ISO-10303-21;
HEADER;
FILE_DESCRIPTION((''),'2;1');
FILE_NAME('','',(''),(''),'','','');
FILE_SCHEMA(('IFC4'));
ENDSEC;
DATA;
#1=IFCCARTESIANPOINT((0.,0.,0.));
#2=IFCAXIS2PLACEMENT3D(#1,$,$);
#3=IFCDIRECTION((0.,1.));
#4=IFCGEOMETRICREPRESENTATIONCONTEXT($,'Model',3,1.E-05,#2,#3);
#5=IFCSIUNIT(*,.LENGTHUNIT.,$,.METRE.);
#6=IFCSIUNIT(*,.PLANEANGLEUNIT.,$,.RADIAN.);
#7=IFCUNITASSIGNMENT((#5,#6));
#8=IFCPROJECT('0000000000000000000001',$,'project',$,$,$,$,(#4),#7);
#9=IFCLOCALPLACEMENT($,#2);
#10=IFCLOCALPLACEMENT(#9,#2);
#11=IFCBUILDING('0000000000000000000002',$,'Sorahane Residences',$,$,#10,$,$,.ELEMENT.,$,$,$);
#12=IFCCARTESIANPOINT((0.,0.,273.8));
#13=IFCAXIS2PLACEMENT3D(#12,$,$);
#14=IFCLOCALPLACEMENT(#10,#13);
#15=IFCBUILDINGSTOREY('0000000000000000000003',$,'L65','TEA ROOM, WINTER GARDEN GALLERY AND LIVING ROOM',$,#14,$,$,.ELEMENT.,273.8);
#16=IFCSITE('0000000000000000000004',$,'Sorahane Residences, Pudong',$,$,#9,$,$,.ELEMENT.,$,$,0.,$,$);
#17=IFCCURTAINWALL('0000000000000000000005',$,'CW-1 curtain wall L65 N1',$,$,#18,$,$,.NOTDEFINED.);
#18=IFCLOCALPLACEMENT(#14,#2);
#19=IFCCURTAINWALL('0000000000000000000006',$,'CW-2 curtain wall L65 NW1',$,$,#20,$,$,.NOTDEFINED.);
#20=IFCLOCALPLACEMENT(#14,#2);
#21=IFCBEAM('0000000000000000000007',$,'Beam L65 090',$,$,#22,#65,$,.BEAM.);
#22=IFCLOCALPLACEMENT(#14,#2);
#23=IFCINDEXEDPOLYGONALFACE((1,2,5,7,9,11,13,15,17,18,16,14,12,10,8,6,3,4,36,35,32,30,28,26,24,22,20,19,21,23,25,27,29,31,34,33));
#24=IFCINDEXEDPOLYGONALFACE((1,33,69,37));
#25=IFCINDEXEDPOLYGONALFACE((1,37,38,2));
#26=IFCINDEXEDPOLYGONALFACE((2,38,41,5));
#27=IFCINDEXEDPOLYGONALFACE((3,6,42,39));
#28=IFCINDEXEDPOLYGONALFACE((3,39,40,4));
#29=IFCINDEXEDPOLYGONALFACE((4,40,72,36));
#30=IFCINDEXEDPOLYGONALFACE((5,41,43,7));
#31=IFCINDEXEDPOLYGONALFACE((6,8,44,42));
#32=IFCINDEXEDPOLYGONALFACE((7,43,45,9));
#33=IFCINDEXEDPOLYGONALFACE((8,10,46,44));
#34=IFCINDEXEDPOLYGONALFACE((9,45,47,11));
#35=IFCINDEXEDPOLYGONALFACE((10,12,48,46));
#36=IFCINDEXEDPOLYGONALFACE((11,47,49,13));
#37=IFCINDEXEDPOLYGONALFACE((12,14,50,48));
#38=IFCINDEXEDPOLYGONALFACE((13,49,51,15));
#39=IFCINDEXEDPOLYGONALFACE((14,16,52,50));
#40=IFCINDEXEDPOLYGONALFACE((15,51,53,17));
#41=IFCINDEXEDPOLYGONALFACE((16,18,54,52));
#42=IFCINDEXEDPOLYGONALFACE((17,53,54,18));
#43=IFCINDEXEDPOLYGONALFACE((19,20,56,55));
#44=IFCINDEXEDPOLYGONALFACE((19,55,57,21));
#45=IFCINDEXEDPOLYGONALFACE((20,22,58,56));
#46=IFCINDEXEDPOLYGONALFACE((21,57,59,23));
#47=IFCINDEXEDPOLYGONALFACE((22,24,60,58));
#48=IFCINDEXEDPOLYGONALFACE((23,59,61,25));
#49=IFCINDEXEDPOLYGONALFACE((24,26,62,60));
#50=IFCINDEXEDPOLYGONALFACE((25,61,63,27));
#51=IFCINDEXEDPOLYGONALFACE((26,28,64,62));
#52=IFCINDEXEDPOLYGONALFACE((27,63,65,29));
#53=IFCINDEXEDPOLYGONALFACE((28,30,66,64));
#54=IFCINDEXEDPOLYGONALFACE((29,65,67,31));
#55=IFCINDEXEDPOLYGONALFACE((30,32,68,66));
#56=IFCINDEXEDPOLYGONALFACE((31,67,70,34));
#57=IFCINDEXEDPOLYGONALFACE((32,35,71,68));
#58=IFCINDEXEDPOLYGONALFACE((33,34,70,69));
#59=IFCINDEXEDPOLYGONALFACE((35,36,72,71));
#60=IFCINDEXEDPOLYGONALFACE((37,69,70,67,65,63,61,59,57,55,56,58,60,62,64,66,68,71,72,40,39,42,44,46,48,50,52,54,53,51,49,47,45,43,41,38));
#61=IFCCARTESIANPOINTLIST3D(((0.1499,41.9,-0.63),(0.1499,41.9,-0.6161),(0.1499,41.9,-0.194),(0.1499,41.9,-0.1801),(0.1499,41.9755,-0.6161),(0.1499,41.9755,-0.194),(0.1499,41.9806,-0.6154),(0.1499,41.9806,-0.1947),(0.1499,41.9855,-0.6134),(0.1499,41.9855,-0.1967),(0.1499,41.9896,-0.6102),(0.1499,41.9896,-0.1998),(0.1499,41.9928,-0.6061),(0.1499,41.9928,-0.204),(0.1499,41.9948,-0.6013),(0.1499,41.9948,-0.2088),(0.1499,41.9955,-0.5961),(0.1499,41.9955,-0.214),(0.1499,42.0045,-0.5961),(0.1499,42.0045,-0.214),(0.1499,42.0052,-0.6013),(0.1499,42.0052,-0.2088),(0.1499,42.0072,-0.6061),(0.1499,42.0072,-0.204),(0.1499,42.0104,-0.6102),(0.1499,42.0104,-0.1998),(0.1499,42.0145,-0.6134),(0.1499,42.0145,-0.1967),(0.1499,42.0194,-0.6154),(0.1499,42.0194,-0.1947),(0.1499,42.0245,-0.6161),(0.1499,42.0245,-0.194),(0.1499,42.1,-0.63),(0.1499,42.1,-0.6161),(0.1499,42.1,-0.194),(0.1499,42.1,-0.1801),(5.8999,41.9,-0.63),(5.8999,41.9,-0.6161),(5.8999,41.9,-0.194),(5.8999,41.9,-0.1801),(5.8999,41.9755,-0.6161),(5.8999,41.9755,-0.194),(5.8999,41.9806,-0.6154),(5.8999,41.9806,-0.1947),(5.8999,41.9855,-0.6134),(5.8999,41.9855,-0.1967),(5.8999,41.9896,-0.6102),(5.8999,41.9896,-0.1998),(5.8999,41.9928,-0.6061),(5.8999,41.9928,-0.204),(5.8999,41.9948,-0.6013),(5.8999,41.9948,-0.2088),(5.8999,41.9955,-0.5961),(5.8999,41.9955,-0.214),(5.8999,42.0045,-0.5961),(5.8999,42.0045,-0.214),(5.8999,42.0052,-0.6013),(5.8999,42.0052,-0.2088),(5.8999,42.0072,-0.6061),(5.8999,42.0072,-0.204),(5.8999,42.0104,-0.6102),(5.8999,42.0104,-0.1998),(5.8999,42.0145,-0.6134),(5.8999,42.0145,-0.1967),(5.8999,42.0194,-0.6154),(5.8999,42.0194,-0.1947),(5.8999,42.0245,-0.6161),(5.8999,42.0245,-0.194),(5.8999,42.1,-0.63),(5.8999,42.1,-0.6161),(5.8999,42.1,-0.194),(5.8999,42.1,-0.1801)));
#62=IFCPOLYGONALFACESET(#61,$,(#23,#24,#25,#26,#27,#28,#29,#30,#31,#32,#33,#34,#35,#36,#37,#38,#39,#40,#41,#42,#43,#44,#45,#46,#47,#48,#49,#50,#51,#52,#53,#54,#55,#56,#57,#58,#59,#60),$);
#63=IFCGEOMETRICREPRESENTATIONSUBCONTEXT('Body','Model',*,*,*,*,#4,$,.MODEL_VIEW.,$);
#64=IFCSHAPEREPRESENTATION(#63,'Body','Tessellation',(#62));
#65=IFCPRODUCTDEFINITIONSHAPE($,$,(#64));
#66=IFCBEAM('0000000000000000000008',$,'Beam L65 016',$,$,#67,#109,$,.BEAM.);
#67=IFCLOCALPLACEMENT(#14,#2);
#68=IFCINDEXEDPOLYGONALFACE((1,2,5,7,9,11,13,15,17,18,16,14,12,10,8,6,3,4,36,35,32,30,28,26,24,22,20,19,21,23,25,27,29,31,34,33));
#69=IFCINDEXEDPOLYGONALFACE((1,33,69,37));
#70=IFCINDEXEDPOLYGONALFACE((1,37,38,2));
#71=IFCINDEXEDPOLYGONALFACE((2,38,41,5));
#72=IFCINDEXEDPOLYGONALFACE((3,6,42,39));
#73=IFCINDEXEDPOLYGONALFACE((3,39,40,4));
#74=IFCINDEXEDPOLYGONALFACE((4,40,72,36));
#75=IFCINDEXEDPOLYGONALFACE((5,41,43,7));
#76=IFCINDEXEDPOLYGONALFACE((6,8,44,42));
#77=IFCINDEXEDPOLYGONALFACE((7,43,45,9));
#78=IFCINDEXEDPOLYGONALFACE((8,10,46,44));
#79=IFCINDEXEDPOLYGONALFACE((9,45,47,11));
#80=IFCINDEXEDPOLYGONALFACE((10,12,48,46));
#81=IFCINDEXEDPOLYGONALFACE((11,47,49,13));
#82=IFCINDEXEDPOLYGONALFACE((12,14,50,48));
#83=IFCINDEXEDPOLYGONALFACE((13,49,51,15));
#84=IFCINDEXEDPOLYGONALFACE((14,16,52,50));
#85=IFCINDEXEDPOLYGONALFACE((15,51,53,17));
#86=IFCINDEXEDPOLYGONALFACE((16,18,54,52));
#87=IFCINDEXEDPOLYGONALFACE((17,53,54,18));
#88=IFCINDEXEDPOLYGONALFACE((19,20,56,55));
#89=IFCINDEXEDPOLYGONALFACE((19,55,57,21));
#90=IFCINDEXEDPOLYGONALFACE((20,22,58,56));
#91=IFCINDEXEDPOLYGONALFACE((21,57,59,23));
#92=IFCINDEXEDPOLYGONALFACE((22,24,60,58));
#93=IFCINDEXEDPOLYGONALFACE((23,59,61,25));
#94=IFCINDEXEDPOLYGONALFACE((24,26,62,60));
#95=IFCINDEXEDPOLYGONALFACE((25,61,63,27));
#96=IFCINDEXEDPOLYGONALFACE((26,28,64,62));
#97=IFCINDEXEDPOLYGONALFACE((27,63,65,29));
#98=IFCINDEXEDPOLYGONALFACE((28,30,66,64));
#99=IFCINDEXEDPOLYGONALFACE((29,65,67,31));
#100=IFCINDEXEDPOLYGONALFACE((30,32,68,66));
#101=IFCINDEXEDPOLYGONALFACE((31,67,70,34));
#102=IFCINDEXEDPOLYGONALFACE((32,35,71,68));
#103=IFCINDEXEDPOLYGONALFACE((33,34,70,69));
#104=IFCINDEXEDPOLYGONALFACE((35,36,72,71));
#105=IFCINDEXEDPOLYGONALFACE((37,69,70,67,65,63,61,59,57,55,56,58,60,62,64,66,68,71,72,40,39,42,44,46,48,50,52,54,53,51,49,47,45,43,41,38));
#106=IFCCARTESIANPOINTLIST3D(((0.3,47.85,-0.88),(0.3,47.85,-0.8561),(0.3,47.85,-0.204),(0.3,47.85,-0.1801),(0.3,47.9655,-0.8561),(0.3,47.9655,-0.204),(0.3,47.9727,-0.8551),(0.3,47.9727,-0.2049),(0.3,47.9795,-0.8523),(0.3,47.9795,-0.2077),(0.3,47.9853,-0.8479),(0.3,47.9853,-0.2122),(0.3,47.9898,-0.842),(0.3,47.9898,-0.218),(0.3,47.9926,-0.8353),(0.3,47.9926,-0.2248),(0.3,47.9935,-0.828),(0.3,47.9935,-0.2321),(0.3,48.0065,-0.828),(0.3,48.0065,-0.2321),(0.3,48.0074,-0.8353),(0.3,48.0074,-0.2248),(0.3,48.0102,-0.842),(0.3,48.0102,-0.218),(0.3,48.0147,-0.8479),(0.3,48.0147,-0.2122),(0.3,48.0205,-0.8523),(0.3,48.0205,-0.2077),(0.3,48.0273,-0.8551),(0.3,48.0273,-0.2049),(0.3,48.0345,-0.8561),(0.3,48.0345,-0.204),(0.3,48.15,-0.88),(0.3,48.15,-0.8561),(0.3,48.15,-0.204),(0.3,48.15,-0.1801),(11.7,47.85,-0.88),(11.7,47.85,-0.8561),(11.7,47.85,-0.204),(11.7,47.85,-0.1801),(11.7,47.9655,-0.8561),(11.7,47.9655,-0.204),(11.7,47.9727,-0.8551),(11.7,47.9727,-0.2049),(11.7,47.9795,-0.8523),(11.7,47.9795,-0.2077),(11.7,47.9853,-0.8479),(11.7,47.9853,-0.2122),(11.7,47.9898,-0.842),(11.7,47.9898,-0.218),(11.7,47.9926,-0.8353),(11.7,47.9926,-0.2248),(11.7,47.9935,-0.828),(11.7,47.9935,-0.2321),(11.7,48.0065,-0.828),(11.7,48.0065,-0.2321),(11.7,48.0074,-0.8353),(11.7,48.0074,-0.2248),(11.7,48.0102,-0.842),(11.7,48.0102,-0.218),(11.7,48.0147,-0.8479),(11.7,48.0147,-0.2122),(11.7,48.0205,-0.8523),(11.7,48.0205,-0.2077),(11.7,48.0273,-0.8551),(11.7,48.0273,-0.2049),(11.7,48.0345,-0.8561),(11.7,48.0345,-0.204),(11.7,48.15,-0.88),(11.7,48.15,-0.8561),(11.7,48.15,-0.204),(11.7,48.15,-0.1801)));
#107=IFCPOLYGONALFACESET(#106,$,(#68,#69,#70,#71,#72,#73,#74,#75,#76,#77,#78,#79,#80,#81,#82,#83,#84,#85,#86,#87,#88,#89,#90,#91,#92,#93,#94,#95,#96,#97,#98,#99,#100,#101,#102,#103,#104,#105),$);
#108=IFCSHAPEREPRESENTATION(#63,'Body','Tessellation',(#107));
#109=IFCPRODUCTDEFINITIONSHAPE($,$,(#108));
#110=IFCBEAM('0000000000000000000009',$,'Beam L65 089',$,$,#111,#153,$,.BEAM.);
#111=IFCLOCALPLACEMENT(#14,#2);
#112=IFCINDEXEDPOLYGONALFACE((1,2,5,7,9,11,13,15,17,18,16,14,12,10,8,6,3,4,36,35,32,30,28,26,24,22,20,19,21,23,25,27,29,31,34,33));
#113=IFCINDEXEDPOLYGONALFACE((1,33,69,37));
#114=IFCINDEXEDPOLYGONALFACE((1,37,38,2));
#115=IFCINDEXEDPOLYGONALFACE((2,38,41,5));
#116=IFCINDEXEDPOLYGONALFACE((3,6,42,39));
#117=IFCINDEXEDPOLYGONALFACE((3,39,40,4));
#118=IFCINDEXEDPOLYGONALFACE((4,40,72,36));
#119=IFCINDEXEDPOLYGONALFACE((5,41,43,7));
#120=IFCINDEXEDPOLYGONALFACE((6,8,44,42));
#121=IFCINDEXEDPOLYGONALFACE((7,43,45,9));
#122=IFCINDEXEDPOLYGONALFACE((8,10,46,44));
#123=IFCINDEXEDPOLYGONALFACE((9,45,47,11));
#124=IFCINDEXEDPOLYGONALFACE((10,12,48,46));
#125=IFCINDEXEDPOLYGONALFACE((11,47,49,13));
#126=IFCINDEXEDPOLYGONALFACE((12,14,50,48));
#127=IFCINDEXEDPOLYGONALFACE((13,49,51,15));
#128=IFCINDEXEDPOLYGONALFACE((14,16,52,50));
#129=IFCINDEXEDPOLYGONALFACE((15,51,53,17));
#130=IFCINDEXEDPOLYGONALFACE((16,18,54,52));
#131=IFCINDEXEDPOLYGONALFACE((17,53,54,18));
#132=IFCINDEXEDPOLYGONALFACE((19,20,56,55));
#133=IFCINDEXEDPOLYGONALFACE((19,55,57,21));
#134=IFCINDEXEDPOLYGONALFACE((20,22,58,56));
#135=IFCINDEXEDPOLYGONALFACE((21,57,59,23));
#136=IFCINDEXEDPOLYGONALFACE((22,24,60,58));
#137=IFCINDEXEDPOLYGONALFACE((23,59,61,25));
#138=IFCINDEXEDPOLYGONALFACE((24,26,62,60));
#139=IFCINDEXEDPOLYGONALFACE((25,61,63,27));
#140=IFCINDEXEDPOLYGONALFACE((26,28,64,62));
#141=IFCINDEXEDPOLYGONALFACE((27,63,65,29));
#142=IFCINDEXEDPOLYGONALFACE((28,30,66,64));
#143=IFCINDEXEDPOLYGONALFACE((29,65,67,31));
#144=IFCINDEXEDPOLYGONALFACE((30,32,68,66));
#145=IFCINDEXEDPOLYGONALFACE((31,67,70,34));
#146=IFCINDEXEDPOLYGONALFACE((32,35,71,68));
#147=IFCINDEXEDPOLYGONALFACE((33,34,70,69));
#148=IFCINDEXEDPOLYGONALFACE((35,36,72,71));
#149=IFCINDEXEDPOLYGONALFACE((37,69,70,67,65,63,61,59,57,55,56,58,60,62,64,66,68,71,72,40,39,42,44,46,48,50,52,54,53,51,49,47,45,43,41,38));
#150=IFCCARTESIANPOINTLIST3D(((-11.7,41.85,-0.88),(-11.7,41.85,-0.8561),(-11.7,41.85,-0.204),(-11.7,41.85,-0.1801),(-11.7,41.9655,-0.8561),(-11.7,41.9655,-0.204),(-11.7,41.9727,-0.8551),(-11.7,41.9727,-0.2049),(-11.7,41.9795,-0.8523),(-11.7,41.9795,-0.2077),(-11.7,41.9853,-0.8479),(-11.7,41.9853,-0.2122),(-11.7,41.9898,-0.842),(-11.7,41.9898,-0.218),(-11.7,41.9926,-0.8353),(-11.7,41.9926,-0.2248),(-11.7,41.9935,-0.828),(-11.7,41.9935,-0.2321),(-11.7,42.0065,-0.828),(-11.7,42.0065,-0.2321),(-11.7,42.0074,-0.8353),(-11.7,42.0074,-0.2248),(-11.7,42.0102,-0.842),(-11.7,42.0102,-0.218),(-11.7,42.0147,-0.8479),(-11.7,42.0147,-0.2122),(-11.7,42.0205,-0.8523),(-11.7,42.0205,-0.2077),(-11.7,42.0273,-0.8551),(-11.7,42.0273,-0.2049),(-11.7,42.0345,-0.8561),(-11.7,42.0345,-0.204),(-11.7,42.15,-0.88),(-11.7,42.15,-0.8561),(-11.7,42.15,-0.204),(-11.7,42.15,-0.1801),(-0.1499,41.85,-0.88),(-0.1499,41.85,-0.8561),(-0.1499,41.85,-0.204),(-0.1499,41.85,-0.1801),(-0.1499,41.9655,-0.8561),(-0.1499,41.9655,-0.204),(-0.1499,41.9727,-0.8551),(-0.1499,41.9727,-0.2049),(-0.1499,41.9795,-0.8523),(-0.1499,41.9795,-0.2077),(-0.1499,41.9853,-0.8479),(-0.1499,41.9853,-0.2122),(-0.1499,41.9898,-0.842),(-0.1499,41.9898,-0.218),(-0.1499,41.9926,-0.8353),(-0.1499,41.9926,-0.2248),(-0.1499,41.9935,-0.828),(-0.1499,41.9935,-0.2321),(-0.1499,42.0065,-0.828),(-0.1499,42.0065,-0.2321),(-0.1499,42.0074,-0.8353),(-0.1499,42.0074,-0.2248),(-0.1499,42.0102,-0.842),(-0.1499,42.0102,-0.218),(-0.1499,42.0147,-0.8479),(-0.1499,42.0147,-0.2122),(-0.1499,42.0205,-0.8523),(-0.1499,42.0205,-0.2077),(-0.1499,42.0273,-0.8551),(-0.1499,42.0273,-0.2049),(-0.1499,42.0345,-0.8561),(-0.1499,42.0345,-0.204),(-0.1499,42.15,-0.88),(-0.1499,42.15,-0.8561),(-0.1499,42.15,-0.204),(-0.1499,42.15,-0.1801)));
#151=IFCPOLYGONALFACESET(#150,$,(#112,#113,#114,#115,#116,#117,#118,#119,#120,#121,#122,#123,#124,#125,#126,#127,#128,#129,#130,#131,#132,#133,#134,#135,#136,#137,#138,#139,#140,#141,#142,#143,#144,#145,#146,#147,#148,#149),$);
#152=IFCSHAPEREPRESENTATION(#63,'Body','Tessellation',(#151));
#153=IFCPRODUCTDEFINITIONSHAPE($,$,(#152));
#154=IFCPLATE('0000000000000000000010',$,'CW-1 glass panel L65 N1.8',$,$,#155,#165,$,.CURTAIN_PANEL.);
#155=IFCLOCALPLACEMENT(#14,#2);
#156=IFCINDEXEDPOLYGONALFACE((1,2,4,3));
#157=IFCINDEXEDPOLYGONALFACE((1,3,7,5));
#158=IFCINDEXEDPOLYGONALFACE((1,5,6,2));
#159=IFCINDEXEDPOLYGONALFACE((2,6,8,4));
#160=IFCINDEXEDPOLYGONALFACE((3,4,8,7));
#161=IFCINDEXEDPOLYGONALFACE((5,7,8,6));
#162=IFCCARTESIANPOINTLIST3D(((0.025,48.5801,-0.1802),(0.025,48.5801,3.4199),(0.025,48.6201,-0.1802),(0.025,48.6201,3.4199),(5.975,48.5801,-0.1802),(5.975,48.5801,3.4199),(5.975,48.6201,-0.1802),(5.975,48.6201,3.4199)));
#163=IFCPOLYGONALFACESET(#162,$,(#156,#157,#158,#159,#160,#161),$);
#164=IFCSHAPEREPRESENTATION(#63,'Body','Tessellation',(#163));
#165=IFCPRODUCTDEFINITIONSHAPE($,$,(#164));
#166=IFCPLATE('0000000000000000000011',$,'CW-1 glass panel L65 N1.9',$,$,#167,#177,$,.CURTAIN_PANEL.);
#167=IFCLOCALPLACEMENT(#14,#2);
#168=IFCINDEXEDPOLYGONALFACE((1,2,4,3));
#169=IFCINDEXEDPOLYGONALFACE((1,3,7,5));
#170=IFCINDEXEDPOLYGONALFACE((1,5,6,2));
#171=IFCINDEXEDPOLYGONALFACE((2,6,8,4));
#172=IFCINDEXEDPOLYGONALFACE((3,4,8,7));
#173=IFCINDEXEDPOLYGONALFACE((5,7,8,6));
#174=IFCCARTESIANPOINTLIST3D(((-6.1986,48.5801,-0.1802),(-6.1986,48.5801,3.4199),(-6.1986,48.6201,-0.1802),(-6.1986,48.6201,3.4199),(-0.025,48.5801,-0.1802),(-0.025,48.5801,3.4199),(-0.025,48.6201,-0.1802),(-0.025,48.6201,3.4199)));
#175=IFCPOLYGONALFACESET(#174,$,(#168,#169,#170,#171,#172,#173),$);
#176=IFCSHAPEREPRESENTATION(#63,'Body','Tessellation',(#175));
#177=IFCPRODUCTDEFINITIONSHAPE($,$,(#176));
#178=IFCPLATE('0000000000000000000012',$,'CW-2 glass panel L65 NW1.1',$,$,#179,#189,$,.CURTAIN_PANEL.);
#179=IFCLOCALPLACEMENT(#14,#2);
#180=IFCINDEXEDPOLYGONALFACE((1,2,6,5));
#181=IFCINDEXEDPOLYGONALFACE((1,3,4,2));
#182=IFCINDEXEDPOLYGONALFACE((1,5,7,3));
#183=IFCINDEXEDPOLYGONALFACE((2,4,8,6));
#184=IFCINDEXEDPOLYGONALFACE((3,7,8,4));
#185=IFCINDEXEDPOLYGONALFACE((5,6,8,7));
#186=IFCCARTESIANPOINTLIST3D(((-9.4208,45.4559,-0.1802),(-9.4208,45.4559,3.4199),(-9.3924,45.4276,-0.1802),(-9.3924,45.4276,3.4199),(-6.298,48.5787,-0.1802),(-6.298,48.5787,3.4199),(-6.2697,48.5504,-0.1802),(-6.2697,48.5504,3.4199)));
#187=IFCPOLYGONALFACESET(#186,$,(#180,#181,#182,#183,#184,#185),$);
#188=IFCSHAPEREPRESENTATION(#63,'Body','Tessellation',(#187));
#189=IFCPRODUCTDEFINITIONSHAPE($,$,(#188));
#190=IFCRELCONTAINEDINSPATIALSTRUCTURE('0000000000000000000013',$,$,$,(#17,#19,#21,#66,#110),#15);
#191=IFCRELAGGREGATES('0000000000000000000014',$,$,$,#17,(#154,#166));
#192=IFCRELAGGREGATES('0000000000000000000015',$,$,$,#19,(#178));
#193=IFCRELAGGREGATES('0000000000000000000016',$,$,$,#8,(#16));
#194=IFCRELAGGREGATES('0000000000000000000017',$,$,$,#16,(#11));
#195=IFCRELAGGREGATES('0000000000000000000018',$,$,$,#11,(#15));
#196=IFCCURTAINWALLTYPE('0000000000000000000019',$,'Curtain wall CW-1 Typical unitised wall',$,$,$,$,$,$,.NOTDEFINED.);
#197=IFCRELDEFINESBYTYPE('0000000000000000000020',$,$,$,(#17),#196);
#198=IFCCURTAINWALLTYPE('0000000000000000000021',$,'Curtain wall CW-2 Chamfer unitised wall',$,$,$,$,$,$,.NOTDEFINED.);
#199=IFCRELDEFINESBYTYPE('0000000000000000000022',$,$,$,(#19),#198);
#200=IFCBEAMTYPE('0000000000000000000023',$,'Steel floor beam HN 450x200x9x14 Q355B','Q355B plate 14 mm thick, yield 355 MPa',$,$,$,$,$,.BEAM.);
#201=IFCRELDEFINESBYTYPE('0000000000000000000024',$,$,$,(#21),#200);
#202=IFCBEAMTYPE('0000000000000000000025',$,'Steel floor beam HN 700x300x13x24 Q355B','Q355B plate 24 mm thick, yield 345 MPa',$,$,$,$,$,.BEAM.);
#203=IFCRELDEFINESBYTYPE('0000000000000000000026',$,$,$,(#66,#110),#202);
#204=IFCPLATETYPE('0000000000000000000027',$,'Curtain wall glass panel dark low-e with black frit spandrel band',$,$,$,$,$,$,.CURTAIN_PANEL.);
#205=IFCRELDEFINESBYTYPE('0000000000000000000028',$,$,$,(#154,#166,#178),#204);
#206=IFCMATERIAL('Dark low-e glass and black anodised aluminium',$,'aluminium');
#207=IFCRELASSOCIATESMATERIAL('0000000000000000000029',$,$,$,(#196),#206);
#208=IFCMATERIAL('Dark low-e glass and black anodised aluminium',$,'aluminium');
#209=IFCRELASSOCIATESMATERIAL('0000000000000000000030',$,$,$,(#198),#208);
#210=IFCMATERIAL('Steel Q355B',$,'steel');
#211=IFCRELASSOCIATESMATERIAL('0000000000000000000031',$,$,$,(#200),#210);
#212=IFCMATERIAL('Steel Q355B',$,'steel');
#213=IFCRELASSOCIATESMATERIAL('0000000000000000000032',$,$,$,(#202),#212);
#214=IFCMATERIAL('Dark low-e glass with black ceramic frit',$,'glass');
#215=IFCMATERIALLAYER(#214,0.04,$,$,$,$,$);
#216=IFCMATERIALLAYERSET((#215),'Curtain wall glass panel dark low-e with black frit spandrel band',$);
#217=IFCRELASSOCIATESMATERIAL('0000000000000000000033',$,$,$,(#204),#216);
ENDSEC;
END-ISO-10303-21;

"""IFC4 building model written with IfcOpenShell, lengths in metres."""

from ifc_helpers import new_model, si_unit, direction, frame, origin, origin_2d, place, context, subcontext, project, spatial, rectangle, i_section, extrude, material, layer, layer_set, material_profile, profile_set, type_object, element, aggregate, save


model = new_model("IFC4")

# Units and contexts
model_context = context("Model", 3, precision=1e-05, world=origin(), true_north=direction((0.0, 1.0)))
body_context = subcontext(model_context, "Body", "Model", "MODEL_VIEW")
ifc_project = project(units=[si_unit("LENGTHUNIT", "METRE"), si_unit("PLANEANGLEUNIT", "RADIAN")], contexts=[model_context])

# Site, building, storey
site_placement = place(None, origin())
site = spatial("IfcSite", under=ifc_project, at=site_placement, Name="Sorahane Residences, Pudong", CompositionType="ELEMENT", RefElevation=0.0)
building_placement = place(site_placement, origin())
building = spatial("IfcBuilding", under=site, at=building_placement, Name="Sorahane Residences", CompositionType="ELEMENT")
storey_placement = place(building_placement, frame((0.0, 0.0, 273.8)))
storey = spatial("IfcBuildingStorey", under=building, at=storey_placement, Name="L65", Description="TEA ROOM, WINTER GARDEN GALLERY AND LIVING ROOM", CompositionType="ELEMENT", Elevation=273.8)

# Curtain walls
ifc_material_1 = material(Name="Dark low-e glass and black anodised aluminium", Category="aluminium")
curtain_wall_type_1 = type_object("IfcCurtainWallType", Name="Curtain wall CW-1 Typical unitised wall", PredefinedType="NOTDEFINED", material=ifc_material_1)
curtain_wall_1_placement = place(storey_placement, origin())
curtain_wall_1 = element("IfcCurtainWall", 1, at=curtain_wall_1_placement, inside=storey, type_object=curtain_wall_type_1, Name="CW-1 curtain wall L65 N1", PredefinedType="NOTDEFINED")
ifc_material_2 = material(Name="Dark low-e glass and black anodised aluminium", Category="aluminium")
curtain_wall_type_2 = type_object("IfcCurtainWallType", Name="Curtain wall CW-2 Chamfer unitised wall", PredefinedType="NOTDEFINED", material=ifc_material_2)
curtain_wall_2_placement = place(storey_placement, origin())
curtain_wall_2 = element("IfcCurtainWall", 2, at=curtain_wall_2_placement, inside=storey, type_object=curtain_wall_type_2, Name="CW-2 curtain wall L65 NW1", PredefinedType="NOTDEFINED")

# Beams
ifc_material_3 = material(Name="Steel Q355B", Category="steel")
ifc_material_profile_1 = material_profile(ifc_material_3, i_section(OverallWidth=0.2, OverallDepth=0.45, WebThickness=0.009, FlangeThickness=0.0139, FilletRadius=0.02, at=origin_2d()), Name="HN 450x200x9x14")
ifc_profile_set_1 = profile_set([ifc_material_profile_1], Name="Steel Q355B")
beam_type_1 = type_object("IfcBeamType", Name="Steel floor beam HN 450x200x9x14 Q355B", Description="Q355B plate 14 mm thick, yield 355 MPa", PredefinedType="BEAM", material=ifc_profile_set_1)
beam_1_placement = place(storey_placement, frame((0.1499, 42.0, -0.405), z_axis=(1.0, 0.0, 0.0), x_axis=(0.0, 1.0, 0.0)))
element("IfcBeam", 3, at=beam_1_placement, inside=storey, type_object=beam_type_1, Name="Beam L65 090", PredefinedType="BEAM", context=body_context, shape_type="SweptSolid", body=[
    extrude(i_section(OverallWidth=0.2, OverallDepth=0.45, WebThickness=0.009, FlangeThickness=0.0139, FilletRadius=0.02, at=origin_2d()), origin(), (0.0, 0.0, 1.0), 5.75),
])
ifc_material_4 = material(Name="Steel Q355B", Category="steel")
ifc_material_profile_2 = material_profile(ifc_material_4, i_section(OverallWidth=0.3, OverallDepth=0.7, WebThickness=0.0129, FlangeThickness=0.0239, FilletRadius=0.0281, at=origin_2d()), Name="HN 700x300x13x24")
ifc_profile_set_2 = profile_set([ifc_material_profile_2], Name="Steel Q355B")
beam_type_2 = type_object("IfcBeamType", Name="Steel floor beam HN 700x300x13x24 Q355B", Description="Q355B plate 24 mm thick, yield 345 MPa", PredefinedType="BEAM", material=ifc_profile_set_2)
beam_2_placement = place(storey_placement, frame((0.3, 48.0, -0.53), z_axis=(1.0, 0.0, 0.0), x_axis=(0.0, 1.0, 0.0)))
element("IfcBeam", 4, at=beam_2_placement, inside=storey, type_object=beam_type_2, Name="Beam L65 016", PredefinedType="BEAM", context=body_context, shape_type="SweptSolid", body=[
    extrude(i_section(OverallWidth=0.3, OverallDepth=0.7, WebThickness=0.0129, FlangeThickness=0.0239, FilletRadius=0.0281, at=origin_2d()), origin(), (0.0, 0.0, 1.0), 11.3999),
])
beam_3_placement = place(storey_placement, frame((-11.7, 42.0, -0.53), z_axis=(1.0, 0.0, 0.0), x_axis=(0.0, 1.0, 0.0)))
element("IfcBeam", 5, at=beam_3_placement, inside=storey, type_object=beam_type_2, Name="Beam L65 089", PredefinedType="BEAM", context=body_context, shape_type="SweptSolid", body=[
    extrude(i_section(OverallWidth=0.3, OverallDepth=0.7, WebThickness=0.0129, FlangeThickness=0.0239, FilletRadius=0.0281, at=origin_2d()), origin(), (0.0, 0.0, 1.0), 11.55),
])

# Plates
ifc_material_5 = material(Name="Dark low-e glass with black ceramic frit", Category="glass")
ifc_layer_1 = layer(ifc_material_5, 0.04)
ifc_layer_set_1 = layer_set([ifc_layer_1], Name="Curtain wall glass panel dark low-e with black frit spandrel band")
plate_type = type_object("IfcPlateType", Name="Curtain wall glass panel dark low-e with black frit spandrel band", PredefinedType="CURTAIN_PANEL", material=ifc_layer_set_1)
plate_1_placement = place(storey_placement, frame((3.0, 48.6001, -0.1802), z_axis=(0.0, 0.0, 1.0), x_axis=(-1.0, 0.0, 0.0)))
plate_1 = element("IfcPlate", 6, at=plate_1_placement, type_object=plate_type, Name="CW-1 glass panel L65 N1.8", PredefinedType="CURTAIN_PANEL", context=body_context, shape_type="SweptSolid", body=[
    extrude(rectangle(XDim=5.95, YDim=0.04, at=origin_2d()), origin(), (0.0, 0.0, 1.0), 3.6001),
])
plate_2_placement = place(storey_placement, frame((-3.1118, 48.6001, -0.1802), z_axis=(0.0, 0.0, 1.0), x_axis=(-1.0, 0.0, 0.0)))
plate_2 = element("IfcPlate", 7, at=plate_2_placement, type_object=plate_type, Name="CW-1 glass panel L65 N1.9", PredefinedType="CURTAIN_PANEL", context=body_context, shape_type="SweptSolid", body=[
    extrude(rectangle(XDim=6.1736, YDim=0.04, at=origin_2d()), origin(), (0.0, 0.0, 1.0), 3.6001),
])
aggregate(curtain_wall_1, [plate_1, plate_2])
plate_3_placement = place(storey_placement, frame((-7.8452, 47.0032, -0.1802), z_axis=(0.0, 0.0, 1.0), x_axis=(-0.707107, -0.707107, 0.0)))
plate_3 = element("IfcPlate", 8, at=plate_3_placement, type_object=plate_type, Name="CW-2 glass panel L65 NW1.1", PredefinedType="CURTAIN_PANEL", context=body_context, shape_type="SweptSolid", body=[
    extrude(rectangle(XDim=4.4163, YDim=0.04, at=origin_2d()), origin(), (0.0, 0.0, 1.0), 3.6001),
])
aggregate(curtain_wall_2, [plate_3])

save(model, "model.ifc")
